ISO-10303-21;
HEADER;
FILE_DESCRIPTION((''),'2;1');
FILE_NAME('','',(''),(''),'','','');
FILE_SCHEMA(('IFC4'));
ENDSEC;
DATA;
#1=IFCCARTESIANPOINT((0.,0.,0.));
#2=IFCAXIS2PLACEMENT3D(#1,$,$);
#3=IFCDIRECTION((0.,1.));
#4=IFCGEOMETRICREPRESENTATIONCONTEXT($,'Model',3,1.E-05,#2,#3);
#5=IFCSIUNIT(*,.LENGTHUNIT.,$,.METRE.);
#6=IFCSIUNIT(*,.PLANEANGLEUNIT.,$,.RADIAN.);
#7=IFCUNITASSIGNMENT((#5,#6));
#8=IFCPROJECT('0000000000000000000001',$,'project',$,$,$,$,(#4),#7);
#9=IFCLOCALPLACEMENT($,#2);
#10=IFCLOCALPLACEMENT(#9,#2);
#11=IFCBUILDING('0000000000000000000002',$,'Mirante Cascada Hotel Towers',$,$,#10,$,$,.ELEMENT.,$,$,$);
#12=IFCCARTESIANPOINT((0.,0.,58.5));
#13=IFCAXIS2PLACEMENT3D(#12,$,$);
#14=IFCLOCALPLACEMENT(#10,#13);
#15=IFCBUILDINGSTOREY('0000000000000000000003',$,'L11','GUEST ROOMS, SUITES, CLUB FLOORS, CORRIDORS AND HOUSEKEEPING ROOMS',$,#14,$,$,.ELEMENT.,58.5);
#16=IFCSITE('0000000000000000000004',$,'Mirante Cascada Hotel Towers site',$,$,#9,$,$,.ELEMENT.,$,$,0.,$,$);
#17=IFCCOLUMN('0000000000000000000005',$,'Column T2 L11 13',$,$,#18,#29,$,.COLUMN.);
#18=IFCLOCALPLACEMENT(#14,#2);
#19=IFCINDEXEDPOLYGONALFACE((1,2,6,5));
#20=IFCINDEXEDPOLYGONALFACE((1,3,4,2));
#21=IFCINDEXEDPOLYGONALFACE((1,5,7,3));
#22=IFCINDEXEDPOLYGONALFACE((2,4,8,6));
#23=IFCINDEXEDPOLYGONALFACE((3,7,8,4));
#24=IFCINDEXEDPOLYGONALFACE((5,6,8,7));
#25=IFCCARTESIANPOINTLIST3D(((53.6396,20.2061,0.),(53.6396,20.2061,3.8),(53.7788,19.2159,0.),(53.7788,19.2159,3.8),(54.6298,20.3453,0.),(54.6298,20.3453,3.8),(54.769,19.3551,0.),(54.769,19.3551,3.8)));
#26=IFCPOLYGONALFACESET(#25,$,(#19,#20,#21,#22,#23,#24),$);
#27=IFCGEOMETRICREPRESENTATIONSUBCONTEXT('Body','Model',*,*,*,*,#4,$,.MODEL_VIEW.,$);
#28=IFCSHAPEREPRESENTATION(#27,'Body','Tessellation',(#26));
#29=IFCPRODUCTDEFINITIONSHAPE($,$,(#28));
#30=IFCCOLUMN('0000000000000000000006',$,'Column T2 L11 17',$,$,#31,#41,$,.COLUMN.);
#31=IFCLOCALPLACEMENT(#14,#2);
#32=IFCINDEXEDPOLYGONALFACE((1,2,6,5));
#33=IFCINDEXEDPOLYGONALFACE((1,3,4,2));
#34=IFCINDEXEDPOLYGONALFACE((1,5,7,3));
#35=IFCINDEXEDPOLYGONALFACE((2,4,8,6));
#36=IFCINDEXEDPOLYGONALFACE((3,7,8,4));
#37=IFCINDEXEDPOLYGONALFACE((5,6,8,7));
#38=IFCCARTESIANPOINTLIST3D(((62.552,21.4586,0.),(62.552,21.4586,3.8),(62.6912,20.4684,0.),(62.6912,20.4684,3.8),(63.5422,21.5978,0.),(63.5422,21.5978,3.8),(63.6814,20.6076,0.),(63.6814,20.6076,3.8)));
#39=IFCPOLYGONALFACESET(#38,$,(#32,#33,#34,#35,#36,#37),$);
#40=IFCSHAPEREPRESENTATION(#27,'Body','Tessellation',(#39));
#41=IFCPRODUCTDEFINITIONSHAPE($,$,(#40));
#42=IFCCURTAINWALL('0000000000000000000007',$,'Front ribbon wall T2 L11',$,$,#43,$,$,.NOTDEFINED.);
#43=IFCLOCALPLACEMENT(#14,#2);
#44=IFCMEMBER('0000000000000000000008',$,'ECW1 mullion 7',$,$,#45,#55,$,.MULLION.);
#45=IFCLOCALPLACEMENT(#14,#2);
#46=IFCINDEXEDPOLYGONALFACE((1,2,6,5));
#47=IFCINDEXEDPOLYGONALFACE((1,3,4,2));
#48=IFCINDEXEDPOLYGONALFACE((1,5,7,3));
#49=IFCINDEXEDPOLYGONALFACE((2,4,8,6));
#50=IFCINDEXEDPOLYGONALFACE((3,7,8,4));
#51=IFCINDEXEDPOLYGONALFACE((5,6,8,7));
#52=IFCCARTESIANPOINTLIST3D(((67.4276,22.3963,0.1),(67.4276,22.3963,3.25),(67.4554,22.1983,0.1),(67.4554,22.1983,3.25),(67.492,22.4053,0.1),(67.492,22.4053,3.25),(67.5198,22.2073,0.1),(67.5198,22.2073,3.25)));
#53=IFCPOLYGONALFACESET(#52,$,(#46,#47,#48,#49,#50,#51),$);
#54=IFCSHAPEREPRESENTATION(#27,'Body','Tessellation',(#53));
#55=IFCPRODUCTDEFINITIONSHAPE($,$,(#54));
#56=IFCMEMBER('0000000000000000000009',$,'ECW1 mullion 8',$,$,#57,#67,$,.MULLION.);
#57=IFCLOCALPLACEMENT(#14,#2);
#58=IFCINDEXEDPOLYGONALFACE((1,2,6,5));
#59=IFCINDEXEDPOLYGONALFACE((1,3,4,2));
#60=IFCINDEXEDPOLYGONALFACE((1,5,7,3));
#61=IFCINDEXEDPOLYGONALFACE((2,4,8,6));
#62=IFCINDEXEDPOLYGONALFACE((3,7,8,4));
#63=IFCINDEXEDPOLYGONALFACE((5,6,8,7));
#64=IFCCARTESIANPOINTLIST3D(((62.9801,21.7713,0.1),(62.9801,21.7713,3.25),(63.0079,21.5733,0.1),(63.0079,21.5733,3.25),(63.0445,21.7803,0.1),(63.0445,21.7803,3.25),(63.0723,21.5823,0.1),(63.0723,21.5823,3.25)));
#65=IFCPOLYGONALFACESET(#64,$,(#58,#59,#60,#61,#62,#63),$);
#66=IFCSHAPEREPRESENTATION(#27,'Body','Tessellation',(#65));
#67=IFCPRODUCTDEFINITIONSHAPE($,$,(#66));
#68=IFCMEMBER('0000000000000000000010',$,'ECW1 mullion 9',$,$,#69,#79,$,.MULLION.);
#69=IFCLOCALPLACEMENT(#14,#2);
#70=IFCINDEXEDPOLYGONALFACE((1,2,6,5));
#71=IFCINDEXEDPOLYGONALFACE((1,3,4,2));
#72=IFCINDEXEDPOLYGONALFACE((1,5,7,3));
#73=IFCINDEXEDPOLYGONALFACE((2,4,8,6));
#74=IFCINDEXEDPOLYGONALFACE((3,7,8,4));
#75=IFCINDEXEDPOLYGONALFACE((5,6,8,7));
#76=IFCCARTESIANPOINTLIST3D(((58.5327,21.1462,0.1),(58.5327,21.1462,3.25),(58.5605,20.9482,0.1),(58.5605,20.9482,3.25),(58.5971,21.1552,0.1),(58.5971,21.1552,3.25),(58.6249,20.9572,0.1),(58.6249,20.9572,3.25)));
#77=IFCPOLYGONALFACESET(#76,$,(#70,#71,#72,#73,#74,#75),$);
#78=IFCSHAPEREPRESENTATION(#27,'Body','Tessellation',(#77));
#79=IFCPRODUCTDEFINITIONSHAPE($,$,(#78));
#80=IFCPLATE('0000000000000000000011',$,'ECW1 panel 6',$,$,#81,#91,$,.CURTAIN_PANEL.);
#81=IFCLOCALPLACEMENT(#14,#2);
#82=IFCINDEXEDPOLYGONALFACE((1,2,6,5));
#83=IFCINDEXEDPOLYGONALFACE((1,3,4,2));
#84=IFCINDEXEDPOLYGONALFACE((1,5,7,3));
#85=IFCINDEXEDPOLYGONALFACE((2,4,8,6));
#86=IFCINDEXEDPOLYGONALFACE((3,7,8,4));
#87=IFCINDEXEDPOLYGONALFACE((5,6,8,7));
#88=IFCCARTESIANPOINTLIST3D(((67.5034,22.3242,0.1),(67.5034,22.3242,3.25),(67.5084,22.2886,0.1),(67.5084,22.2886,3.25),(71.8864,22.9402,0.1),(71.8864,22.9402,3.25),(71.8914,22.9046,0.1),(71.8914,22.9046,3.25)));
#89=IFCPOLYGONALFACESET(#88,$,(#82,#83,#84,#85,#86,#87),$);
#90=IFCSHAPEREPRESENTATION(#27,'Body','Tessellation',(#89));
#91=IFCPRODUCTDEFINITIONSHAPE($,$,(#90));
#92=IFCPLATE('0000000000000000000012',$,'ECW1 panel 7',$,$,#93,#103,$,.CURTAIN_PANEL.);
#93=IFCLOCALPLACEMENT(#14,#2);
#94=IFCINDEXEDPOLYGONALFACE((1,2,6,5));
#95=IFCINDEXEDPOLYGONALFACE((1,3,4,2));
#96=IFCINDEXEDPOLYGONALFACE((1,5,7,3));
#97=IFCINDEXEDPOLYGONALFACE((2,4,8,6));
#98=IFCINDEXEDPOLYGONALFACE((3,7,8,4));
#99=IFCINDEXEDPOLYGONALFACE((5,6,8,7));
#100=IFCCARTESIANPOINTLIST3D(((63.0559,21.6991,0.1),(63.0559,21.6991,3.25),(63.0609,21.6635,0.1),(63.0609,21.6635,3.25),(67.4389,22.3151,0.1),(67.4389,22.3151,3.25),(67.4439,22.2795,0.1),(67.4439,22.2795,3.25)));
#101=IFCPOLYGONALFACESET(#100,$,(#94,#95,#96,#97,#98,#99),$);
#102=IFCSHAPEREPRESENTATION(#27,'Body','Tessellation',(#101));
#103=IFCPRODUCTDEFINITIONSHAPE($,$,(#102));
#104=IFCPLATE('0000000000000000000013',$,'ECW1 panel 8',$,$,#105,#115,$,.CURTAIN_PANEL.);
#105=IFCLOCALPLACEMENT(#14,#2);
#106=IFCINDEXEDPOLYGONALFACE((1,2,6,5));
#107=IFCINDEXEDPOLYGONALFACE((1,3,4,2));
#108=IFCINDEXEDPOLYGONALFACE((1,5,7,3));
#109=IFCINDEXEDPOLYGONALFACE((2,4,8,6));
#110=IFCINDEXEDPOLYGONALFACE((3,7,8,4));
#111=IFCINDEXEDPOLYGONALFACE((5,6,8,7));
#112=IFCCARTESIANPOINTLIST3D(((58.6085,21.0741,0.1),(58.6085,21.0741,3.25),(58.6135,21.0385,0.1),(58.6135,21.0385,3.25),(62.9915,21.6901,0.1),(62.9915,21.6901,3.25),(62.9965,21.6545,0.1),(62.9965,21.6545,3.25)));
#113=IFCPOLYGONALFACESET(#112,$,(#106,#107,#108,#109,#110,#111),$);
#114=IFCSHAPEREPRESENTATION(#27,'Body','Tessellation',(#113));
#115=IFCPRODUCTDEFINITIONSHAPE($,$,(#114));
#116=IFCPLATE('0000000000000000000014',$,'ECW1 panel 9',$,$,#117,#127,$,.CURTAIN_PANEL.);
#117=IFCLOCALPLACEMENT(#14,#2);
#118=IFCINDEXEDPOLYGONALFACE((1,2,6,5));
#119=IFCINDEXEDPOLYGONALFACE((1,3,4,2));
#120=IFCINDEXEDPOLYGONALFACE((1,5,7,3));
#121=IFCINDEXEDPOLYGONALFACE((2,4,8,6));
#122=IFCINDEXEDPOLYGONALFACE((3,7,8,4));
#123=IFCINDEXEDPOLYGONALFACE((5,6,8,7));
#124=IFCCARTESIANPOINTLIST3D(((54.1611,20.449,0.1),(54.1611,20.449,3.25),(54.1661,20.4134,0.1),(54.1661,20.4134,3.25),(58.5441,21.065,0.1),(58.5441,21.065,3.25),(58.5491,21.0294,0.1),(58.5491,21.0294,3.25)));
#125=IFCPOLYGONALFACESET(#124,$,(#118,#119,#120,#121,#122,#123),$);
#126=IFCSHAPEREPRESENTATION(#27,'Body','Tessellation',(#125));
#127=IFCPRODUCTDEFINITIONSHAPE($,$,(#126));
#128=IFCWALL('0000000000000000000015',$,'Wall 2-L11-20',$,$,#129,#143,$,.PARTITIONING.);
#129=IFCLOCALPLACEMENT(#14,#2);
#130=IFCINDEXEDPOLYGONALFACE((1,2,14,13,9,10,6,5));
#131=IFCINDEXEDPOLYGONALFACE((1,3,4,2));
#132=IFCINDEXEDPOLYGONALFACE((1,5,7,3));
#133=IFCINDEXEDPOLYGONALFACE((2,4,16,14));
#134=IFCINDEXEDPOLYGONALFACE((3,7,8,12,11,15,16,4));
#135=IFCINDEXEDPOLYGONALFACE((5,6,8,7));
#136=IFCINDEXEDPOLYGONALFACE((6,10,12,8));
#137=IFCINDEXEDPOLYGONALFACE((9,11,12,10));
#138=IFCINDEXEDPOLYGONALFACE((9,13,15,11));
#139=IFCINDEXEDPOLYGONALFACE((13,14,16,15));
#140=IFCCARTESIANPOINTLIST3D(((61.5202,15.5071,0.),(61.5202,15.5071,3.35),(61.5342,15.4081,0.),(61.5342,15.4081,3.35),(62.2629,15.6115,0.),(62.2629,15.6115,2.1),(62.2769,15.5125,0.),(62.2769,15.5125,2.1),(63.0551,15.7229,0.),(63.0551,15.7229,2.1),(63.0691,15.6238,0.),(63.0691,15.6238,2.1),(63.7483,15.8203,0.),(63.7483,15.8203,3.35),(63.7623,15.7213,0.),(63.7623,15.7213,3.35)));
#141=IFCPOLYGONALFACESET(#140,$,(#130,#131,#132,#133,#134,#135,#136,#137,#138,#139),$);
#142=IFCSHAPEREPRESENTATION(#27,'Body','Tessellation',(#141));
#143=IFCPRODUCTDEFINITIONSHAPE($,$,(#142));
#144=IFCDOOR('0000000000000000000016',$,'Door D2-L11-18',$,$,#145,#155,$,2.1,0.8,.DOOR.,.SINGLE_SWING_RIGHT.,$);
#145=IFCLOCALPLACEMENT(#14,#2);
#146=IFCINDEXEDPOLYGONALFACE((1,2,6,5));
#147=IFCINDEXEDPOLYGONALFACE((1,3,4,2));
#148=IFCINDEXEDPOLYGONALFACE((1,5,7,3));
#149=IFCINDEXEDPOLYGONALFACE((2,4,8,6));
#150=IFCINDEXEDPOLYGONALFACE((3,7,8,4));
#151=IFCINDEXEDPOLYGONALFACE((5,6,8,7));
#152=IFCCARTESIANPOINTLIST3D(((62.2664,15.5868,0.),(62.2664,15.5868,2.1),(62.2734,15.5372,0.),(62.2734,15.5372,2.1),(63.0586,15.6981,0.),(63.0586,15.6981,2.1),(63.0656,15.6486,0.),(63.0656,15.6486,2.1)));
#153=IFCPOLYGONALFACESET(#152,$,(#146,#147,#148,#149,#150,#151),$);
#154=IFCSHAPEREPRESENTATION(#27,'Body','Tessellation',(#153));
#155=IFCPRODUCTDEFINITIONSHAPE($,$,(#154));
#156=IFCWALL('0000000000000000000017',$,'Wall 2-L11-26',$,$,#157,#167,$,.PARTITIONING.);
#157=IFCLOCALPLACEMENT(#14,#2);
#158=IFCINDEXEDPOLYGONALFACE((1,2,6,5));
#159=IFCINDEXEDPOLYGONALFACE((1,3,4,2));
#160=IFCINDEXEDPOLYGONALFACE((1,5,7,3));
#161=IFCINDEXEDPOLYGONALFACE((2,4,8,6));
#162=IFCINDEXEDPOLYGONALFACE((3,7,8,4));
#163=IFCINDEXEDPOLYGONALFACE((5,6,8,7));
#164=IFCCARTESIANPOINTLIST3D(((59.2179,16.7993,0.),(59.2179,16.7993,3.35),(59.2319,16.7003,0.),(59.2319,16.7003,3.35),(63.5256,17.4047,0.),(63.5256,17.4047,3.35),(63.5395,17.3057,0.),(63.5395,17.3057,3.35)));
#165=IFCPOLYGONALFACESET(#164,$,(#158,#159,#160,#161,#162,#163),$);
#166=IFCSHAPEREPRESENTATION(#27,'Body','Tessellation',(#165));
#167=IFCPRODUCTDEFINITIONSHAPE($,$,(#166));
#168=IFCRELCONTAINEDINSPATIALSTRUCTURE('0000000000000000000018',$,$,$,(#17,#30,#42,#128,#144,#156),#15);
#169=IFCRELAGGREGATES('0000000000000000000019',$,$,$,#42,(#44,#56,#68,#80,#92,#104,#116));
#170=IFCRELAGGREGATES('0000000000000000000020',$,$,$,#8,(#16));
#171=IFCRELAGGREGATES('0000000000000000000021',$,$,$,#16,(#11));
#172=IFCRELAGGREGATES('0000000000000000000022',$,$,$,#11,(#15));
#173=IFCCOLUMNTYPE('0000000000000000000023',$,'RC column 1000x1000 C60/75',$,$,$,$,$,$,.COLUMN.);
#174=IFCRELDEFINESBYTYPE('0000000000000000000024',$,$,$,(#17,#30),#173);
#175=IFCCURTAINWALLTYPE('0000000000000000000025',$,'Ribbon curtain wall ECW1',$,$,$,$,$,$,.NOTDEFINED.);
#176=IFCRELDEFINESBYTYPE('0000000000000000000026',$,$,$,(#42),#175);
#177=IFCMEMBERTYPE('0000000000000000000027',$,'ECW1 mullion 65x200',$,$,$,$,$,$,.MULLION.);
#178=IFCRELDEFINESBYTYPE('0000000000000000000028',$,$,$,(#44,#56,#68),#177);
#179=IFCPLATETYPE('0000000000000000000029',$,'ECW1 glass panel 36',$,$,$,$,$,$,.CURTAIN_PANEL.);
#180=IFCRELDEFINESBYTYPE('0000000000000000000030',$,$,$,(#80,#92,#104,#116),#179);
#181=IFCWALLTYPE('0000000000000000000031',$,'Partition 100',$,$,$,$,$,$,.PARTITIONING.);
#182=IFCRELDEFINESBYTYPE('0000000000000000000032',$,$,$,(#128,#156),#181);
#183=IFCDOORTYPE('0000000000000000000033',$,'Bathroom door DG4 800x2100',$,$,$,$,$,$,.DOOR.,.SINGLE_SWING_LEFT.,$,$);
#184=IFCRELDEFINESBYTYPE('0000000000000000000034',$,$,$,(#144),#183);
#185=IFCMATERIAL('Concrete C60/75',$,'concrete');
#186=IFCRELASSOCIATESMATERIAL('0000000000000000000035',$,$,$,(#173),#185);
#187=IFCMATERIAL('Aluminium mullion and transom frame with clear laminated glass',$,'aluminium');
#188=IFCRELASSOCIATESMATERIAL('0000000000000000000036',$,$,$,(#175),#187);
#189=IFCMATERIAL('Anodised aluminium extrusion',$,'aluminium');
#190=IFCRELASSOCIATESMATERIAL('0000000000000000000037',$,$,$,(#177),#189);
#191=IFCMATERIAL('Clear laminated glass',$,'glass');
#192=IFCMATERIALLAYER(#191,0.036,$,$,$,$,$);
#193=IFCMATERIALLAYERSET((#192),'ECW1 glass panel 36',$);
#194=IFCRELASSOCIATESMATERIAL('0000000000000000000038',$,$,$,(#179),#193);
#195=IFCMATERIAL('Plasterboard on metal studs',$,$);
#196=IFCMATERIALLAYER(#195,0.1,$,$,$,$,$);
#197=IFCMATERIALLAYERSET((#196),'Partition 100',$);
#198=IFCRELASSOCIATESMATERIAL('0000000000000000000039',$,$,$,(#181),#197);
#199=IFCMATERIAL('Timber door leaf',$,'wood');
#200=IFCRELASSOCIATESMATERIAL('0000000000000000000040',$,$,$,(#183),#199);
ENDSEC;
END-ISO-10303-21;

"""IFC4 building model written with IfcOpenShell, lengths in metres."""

from ifc_helpers import new_model, si_unit, direction, frame, frame_2d, origin, origin_2d, place, context, subcontext, project, spatial, rectangle, extrude, material, layer, layer_set, material_profile, profile_set, type_object, element, fill, aggregate, save


model = new_model("IFC4")

# Units and contexts
model_context = context("Model", 3, precision=1e-05, world=origin(), true_north=direction((0.0, 1.0)))
body_context = subcontext(model_context, "Body", "Model", "MODEL_VIEW")
ifc_project = project(units=[si_unit("LENGTHUNIT", "METRE"), si_unit("PLANEANGLEUNIT", "RADIAN")], contexts=[model_context])

# Site, building, storey
site_placement = place(None, origin())
site = spatial("IfcSite", under=ifc_project, at=site_placement, Name="Mirante Cascada Hotel Towers site", CompositionType="ELEMENT", RefElevation=0.0)
building_placement = place(site_placement, origin())
building = spatial("IfcBuilding", under=site, at=building_placement, Name="Mirante Cascada Hotel Towers", CompositionType="ELEMENT")
storey_placement = place(building_placement, frame((0.0, 0.0, 58.5)))
storey = spatial("IfcBuildingStorey", under=building, at=storey_placement, Name="L11", Description="GUEST ROOMS, SUITES, CLUB FLOORS, CORRIDORS AND HOUSEKEEPING ROOMS", CompositionType="ELEMENT", Elevation=58.5)

# Columns
ifc_material_1 = material(Name="Concrete C60/75", Category="concrete")
ifc_material_profile_1 = material_profile(ifc_material_1, rectangle(XDim=1.0, YDim=1.0, at=origin_2d()), Name="RC column 1000x1000 C60/75")
ifc_profile_set_1 = profile_set([ifc_material_profile_1], Name="Concrete C60/75")
column_type = type_object("IfcColumnType", Name="RC column 1000x1000 C60/75", PredefinedType="COLUMN", material=ifc_profile_set_1)
for number, where, z_axis, x_axis, name in (
    (1, (54.2043, 19.7806, 0.0), (0.0, 0.0, 1.0), (0.990268, 0.139173, 0.0), "Column T2 L11 13"),
    (2, (63.1167, 21.0331, 0.0), (0.0, 0.0, 1.0), (0.990268, 0.139173, 0.0), "Column T2 L11 17"),
):
    element("IfcColumn", number, at=place(storey_placement, frame(where, z_axis=z_axis, x_axis=x_axis)), inside=storey, type_object=column_type, Name=name, PredefinedType="COLUMN", context=body_context, shape_type="SweptSolid", body=[
        extrude(rectangle(XDim=1.0, YDim=1.0, at=origin_2d()), origin(), (0.0, 0.0, 1.0), 3.8),
    ])

# Curtain wall, members, plates
ifc_material_2 = material(Name="Aluminium mullion and transom frame with clear laminated glass", Category="aluminium")
curtain_wall_type = type_object("IfcCurtainWallType", Name="Ribbon curtain wall ECW1", PredefinedType="NOTDEFINED", material=ifc_material_2)
curtain_wall_placement = place(storey_placement, origin())
curtain_wall = element("IfcCurtainWall", 3, at=curtain_wall_placement, inside=storey, type_object=curtain_wall_type, Name="Front ribbon wall T2 L11", PredefinedType="NOTDEFINED")
ifc_material_3 = material(Name="Anodised aluminium extrusion", Category="aluminium")
ifc_material_profile_2 = material_profile(ifc_material_3, rectangle(XDim=0.2, YDim=0.065, at=origin_2d()), Name="ECW1 MULLION 65x200")
ifc_profile_set_2 = profile_set([ifc_material_profile_2], Name="Anodised aluminium extrusion")
member_type = type_object("IfcMemberType", Name="ECW1 mullion 65x200", PredefinedType="MULLION", material=ifc_profile_set_2)
member_1_placement = place(storey_placement, frame((67.4737, 22.3018, 0.1), z_axis=(0.0, 0.0, 1.0), x_axis=(0.139173, -0.990268, 0.0)))
member_1 = element("IfcMember", 4, at=member_1_placement, type_object=member_type, Name="ECW1 mullion 7", PredefinedType="MULLION", context=body_context, shape_type="SweptSolid", body=[
    extrude(rectangle(XDim=0.2, YDim=0.065, at=origin_2d()), origin(), (0.0, 0.0, 1.0), 3.15),
])
member_2_placement = place(storey_placement, frame((63.0262, 21.6768, 0.1), z_axis=(0.0, 0.0, 1.0), x_axis=(0.139173, -0.990268, 0.0)))
member_2 = element("IfcMember", 5, at=member_2_placement, type_object=member_type, Name="ECW1 mullion 8", PredefinedType="MULLION", context=body_context, shape_type="SweptSolid", body=[
    extrude(rectangle(XDim=0.2, YDim=0.065, at=origin_2d()), origin(), (0.0, 0.0, 1.0), 3.15),
])
member_3_placement = place(storey_placement, frame((58.5788, 21.0517, 0.1), z_axis=(0.0, 0.0, 1.0), x_axis=(0.139173, -0.990268, 0.0)))
member_3 = element("IfcMember", 6, at=member_3_placement, type_object=member_type, Name="ECW1 mullion 9", PredefinedType="MULLION", context=body_context, shape_type="SweptSolid", body=[
    extrude(rectangle(XDim=0.2, YDim=0.065, at=origin_2d()), origin(), (0.0, 0.0, 1.0), 3.15),
])
ifc_material_4 = material(Name="Clear laminated glass", Category="glass")
ifc_layer_1 = layer(ifc_material_4, 0.036)
ifc_layer_set_1 = layer_set([ifc_layer_1], Name="ECW1 glass panel 36")
plate_type = type_object("IfcPlateType", Name="ECW1 glass panel 36", PredefinedType="CURTAIN_PANEL", material=ifc_layer_set_1)
plate_1_placement = place(storey_placement, frame((69.6974, 22.6144, 0.1), z_axis=(0.0, 0.0, 1.0), x_axis=(-0.990268, -0.139173, 0.0)))
plate_1 = element("IfcPlate", 7, at=plate_1_placement, type_object=plate_type, Name="ECW1 panel 6", PredefinedType="CURTAIN_PANEL", context=body_context, shape_type="SweptSolid", body=[
    extrude(rectangle(XDim=4.4261, YDim=0.036, at=origin_2d()), origin(), (0.0, 0.0, 1.0), 3.15),
])
plate_2_placement = place(storey_placement, frame((65.2499, 21.9893, 0.1), z_axis=(0.0, 0.0, 1.0), x_axis=(-0.990268, -0.139173, 0.0)))
plate_2 = element("IfcPlate", 8, at=plate_2_placement, type_object=plate_type, Name="ECW1 panel 7", PredefinedType="CURTAIN_PANEL", context=body_context, shape_type="SweptSolid", body=[
    extrude(rectangle(XDim=4.4261, YDim=0.036, at=origin_2d()), origin(), (0.0, 0.0, 1.0), 3.15),
])
plate_3_placement = place(storey_placement, frame((60.8025, 21.3643, 0.1), z_axis=(0.0, 0.0, 1.0), x_axis=(-0.990268, -0.139173, 0.0)))
plate_3 = element("IfcPlate", 9, at=plate_3_placement, type_object=plate_type, Name="ECW1 panel 8", PredefinedType="CURTAIN_PANEL", context=body_context, shape_type="SweptSolid", body=[
    extrude(rectangle(XDim=4.4261, YDim=0.036, at=origin_2d()), origin(), (0.0, 0.0, 1.0), 3.15),
])
plate_4_placement = place(storey_placement, frame((56.3551, 20.7392, 0.1), z_axis=(0.0, 0.0, 1.0), x_axis=(-0.990268, -0.139173, 0.0)))
plate_4 = element("IfcPlate", 10, at=plate_4_placement, type_object=plate_type, Name="ECW1 panel 9", PredefinedType="CURTAIN_PANEL", context=body_context, shape_type="SweptSolid", body=[
    extrude(rectangle(XDim=4.4261, YDim=0.036, at=origin_2d()), origin(), (0.0, 0.0, 1.0), 3.15),
])
aggregate(curtain_wall, [member_1, member_2, member_3, plate_1, plate_2, plate_3, plate_4])

# Wall, opening, door
ifc_material_5 = material(Name="Plasterboard on metal studs")
ifc_layer_2 = layer(ifc_material_5, 0.1)
ifc_layer_set_2 = layer_set([ifc_layer_2], Name="Partition 100")
wall_type = type_object("IfcWallType", Name="Partition 100", PredefinedType="PARTITIONING", material=ifc_layer_set_2)
wall_1_placement = place(storey_placement, frame((61.5272, 15.4576, 0.0), z_axis=(0.0, 0.0, 1.0), x_axis=(0.990264, 0.1392, 0.0)))
wall_1 = element("IfcWall", 11, at=wall_1_placement, inside=storey, type_object=wall_type, Name="Wall 2-L11-20", PredefinedType="PARTITIONING", context=body_context, shape_type="SweptSolid", body=[
    extrude(rectangle(XDim=2.25, YDim=0.1, at=frame_2d((1.125, 0.0))), origin(), (0.0, 0.0, 1.0), 3.35),
])
opening_1_placement = place(wall_1_placement, frame((0.75, 0.0, 0.0)))
opening_1 = element("IfcOpeningElement", 12, at=opening_1_placement, cuts=wall_1, PredefinedType="OPENING", context=body_context, shape_type="SweptSolid", body=[
    extrude(rectangle(XDim=0.8, YDim=2.1, at=frame_2d((0.4, 1.05))), frame((0.0, 0.05, 0.0), z_axis=(0.0, -1.0, 0.0), x_axis=(1.0, 0.0, 0.0)), (0.0, 0.0, 1.0), 0.1),
])
ifc_material_6 = material(Name="Timber door leaf", Category="wood")
door_type_1 = type_object("IfcDoorType", Name="Bathroom door DG4 800x2100", OperationType="SINGLE_SWING_LEFT", PredefinedType="DOOR", material=ifc_material_6)
door_1_placement = place(opening_1_placement, frame((0.8, 0.0, 0.0), z_axis=(0.0, 0.0, 1.0), x_axis=(-1.0, 0.0, 0.0)))
door_1 = element("IfcDoor", 13, at=door_1_placement, inside=storey, type_object=door_type_1, Name="Door D2-L11-18", OperationType="SINGLE_SWING_RIGHT", OverallHeight=2.1, OverallWidth=0.8, PredefinedType="DOOR", context=body_context, shape_type="SweptSolid", body=[
    extrude(rectangle(XDim=0.8, YDim=2.1, at=frame_2d((0.4, 1.05))), frame((0.0, 0.025, 0.0), z_axis=(0.0, -1.0, 0.0), x_axis=(1.0, 0.0, 0.0)), (0.0, 0.0, 1.0), 0.05),
])
fill(opening_1, door_1)

# Wall
wall_2_placement = place(storey_placement, frame((59.2249, 16.7498, 0.0), z_axis=(0.0, 0.0, 1.0), x_axis=(0.990268, 0.139171, 0.0)))
element("IfcWall", 14, at=wall_2_placement, inside=storey, type_object=wall_type, Name="Wall 2-L11-26", PredefinedType="PARTITIONING", context=body_context, shape_type="SweptSolid", body=[
    extrude(rectangle(XDim=4.35, YDim=0.1, at=frame_2d((2.175, 0.0))), origin(), (0.0, 0.0, 1.0), 3.35),
])

save(model, "model.ifc")
